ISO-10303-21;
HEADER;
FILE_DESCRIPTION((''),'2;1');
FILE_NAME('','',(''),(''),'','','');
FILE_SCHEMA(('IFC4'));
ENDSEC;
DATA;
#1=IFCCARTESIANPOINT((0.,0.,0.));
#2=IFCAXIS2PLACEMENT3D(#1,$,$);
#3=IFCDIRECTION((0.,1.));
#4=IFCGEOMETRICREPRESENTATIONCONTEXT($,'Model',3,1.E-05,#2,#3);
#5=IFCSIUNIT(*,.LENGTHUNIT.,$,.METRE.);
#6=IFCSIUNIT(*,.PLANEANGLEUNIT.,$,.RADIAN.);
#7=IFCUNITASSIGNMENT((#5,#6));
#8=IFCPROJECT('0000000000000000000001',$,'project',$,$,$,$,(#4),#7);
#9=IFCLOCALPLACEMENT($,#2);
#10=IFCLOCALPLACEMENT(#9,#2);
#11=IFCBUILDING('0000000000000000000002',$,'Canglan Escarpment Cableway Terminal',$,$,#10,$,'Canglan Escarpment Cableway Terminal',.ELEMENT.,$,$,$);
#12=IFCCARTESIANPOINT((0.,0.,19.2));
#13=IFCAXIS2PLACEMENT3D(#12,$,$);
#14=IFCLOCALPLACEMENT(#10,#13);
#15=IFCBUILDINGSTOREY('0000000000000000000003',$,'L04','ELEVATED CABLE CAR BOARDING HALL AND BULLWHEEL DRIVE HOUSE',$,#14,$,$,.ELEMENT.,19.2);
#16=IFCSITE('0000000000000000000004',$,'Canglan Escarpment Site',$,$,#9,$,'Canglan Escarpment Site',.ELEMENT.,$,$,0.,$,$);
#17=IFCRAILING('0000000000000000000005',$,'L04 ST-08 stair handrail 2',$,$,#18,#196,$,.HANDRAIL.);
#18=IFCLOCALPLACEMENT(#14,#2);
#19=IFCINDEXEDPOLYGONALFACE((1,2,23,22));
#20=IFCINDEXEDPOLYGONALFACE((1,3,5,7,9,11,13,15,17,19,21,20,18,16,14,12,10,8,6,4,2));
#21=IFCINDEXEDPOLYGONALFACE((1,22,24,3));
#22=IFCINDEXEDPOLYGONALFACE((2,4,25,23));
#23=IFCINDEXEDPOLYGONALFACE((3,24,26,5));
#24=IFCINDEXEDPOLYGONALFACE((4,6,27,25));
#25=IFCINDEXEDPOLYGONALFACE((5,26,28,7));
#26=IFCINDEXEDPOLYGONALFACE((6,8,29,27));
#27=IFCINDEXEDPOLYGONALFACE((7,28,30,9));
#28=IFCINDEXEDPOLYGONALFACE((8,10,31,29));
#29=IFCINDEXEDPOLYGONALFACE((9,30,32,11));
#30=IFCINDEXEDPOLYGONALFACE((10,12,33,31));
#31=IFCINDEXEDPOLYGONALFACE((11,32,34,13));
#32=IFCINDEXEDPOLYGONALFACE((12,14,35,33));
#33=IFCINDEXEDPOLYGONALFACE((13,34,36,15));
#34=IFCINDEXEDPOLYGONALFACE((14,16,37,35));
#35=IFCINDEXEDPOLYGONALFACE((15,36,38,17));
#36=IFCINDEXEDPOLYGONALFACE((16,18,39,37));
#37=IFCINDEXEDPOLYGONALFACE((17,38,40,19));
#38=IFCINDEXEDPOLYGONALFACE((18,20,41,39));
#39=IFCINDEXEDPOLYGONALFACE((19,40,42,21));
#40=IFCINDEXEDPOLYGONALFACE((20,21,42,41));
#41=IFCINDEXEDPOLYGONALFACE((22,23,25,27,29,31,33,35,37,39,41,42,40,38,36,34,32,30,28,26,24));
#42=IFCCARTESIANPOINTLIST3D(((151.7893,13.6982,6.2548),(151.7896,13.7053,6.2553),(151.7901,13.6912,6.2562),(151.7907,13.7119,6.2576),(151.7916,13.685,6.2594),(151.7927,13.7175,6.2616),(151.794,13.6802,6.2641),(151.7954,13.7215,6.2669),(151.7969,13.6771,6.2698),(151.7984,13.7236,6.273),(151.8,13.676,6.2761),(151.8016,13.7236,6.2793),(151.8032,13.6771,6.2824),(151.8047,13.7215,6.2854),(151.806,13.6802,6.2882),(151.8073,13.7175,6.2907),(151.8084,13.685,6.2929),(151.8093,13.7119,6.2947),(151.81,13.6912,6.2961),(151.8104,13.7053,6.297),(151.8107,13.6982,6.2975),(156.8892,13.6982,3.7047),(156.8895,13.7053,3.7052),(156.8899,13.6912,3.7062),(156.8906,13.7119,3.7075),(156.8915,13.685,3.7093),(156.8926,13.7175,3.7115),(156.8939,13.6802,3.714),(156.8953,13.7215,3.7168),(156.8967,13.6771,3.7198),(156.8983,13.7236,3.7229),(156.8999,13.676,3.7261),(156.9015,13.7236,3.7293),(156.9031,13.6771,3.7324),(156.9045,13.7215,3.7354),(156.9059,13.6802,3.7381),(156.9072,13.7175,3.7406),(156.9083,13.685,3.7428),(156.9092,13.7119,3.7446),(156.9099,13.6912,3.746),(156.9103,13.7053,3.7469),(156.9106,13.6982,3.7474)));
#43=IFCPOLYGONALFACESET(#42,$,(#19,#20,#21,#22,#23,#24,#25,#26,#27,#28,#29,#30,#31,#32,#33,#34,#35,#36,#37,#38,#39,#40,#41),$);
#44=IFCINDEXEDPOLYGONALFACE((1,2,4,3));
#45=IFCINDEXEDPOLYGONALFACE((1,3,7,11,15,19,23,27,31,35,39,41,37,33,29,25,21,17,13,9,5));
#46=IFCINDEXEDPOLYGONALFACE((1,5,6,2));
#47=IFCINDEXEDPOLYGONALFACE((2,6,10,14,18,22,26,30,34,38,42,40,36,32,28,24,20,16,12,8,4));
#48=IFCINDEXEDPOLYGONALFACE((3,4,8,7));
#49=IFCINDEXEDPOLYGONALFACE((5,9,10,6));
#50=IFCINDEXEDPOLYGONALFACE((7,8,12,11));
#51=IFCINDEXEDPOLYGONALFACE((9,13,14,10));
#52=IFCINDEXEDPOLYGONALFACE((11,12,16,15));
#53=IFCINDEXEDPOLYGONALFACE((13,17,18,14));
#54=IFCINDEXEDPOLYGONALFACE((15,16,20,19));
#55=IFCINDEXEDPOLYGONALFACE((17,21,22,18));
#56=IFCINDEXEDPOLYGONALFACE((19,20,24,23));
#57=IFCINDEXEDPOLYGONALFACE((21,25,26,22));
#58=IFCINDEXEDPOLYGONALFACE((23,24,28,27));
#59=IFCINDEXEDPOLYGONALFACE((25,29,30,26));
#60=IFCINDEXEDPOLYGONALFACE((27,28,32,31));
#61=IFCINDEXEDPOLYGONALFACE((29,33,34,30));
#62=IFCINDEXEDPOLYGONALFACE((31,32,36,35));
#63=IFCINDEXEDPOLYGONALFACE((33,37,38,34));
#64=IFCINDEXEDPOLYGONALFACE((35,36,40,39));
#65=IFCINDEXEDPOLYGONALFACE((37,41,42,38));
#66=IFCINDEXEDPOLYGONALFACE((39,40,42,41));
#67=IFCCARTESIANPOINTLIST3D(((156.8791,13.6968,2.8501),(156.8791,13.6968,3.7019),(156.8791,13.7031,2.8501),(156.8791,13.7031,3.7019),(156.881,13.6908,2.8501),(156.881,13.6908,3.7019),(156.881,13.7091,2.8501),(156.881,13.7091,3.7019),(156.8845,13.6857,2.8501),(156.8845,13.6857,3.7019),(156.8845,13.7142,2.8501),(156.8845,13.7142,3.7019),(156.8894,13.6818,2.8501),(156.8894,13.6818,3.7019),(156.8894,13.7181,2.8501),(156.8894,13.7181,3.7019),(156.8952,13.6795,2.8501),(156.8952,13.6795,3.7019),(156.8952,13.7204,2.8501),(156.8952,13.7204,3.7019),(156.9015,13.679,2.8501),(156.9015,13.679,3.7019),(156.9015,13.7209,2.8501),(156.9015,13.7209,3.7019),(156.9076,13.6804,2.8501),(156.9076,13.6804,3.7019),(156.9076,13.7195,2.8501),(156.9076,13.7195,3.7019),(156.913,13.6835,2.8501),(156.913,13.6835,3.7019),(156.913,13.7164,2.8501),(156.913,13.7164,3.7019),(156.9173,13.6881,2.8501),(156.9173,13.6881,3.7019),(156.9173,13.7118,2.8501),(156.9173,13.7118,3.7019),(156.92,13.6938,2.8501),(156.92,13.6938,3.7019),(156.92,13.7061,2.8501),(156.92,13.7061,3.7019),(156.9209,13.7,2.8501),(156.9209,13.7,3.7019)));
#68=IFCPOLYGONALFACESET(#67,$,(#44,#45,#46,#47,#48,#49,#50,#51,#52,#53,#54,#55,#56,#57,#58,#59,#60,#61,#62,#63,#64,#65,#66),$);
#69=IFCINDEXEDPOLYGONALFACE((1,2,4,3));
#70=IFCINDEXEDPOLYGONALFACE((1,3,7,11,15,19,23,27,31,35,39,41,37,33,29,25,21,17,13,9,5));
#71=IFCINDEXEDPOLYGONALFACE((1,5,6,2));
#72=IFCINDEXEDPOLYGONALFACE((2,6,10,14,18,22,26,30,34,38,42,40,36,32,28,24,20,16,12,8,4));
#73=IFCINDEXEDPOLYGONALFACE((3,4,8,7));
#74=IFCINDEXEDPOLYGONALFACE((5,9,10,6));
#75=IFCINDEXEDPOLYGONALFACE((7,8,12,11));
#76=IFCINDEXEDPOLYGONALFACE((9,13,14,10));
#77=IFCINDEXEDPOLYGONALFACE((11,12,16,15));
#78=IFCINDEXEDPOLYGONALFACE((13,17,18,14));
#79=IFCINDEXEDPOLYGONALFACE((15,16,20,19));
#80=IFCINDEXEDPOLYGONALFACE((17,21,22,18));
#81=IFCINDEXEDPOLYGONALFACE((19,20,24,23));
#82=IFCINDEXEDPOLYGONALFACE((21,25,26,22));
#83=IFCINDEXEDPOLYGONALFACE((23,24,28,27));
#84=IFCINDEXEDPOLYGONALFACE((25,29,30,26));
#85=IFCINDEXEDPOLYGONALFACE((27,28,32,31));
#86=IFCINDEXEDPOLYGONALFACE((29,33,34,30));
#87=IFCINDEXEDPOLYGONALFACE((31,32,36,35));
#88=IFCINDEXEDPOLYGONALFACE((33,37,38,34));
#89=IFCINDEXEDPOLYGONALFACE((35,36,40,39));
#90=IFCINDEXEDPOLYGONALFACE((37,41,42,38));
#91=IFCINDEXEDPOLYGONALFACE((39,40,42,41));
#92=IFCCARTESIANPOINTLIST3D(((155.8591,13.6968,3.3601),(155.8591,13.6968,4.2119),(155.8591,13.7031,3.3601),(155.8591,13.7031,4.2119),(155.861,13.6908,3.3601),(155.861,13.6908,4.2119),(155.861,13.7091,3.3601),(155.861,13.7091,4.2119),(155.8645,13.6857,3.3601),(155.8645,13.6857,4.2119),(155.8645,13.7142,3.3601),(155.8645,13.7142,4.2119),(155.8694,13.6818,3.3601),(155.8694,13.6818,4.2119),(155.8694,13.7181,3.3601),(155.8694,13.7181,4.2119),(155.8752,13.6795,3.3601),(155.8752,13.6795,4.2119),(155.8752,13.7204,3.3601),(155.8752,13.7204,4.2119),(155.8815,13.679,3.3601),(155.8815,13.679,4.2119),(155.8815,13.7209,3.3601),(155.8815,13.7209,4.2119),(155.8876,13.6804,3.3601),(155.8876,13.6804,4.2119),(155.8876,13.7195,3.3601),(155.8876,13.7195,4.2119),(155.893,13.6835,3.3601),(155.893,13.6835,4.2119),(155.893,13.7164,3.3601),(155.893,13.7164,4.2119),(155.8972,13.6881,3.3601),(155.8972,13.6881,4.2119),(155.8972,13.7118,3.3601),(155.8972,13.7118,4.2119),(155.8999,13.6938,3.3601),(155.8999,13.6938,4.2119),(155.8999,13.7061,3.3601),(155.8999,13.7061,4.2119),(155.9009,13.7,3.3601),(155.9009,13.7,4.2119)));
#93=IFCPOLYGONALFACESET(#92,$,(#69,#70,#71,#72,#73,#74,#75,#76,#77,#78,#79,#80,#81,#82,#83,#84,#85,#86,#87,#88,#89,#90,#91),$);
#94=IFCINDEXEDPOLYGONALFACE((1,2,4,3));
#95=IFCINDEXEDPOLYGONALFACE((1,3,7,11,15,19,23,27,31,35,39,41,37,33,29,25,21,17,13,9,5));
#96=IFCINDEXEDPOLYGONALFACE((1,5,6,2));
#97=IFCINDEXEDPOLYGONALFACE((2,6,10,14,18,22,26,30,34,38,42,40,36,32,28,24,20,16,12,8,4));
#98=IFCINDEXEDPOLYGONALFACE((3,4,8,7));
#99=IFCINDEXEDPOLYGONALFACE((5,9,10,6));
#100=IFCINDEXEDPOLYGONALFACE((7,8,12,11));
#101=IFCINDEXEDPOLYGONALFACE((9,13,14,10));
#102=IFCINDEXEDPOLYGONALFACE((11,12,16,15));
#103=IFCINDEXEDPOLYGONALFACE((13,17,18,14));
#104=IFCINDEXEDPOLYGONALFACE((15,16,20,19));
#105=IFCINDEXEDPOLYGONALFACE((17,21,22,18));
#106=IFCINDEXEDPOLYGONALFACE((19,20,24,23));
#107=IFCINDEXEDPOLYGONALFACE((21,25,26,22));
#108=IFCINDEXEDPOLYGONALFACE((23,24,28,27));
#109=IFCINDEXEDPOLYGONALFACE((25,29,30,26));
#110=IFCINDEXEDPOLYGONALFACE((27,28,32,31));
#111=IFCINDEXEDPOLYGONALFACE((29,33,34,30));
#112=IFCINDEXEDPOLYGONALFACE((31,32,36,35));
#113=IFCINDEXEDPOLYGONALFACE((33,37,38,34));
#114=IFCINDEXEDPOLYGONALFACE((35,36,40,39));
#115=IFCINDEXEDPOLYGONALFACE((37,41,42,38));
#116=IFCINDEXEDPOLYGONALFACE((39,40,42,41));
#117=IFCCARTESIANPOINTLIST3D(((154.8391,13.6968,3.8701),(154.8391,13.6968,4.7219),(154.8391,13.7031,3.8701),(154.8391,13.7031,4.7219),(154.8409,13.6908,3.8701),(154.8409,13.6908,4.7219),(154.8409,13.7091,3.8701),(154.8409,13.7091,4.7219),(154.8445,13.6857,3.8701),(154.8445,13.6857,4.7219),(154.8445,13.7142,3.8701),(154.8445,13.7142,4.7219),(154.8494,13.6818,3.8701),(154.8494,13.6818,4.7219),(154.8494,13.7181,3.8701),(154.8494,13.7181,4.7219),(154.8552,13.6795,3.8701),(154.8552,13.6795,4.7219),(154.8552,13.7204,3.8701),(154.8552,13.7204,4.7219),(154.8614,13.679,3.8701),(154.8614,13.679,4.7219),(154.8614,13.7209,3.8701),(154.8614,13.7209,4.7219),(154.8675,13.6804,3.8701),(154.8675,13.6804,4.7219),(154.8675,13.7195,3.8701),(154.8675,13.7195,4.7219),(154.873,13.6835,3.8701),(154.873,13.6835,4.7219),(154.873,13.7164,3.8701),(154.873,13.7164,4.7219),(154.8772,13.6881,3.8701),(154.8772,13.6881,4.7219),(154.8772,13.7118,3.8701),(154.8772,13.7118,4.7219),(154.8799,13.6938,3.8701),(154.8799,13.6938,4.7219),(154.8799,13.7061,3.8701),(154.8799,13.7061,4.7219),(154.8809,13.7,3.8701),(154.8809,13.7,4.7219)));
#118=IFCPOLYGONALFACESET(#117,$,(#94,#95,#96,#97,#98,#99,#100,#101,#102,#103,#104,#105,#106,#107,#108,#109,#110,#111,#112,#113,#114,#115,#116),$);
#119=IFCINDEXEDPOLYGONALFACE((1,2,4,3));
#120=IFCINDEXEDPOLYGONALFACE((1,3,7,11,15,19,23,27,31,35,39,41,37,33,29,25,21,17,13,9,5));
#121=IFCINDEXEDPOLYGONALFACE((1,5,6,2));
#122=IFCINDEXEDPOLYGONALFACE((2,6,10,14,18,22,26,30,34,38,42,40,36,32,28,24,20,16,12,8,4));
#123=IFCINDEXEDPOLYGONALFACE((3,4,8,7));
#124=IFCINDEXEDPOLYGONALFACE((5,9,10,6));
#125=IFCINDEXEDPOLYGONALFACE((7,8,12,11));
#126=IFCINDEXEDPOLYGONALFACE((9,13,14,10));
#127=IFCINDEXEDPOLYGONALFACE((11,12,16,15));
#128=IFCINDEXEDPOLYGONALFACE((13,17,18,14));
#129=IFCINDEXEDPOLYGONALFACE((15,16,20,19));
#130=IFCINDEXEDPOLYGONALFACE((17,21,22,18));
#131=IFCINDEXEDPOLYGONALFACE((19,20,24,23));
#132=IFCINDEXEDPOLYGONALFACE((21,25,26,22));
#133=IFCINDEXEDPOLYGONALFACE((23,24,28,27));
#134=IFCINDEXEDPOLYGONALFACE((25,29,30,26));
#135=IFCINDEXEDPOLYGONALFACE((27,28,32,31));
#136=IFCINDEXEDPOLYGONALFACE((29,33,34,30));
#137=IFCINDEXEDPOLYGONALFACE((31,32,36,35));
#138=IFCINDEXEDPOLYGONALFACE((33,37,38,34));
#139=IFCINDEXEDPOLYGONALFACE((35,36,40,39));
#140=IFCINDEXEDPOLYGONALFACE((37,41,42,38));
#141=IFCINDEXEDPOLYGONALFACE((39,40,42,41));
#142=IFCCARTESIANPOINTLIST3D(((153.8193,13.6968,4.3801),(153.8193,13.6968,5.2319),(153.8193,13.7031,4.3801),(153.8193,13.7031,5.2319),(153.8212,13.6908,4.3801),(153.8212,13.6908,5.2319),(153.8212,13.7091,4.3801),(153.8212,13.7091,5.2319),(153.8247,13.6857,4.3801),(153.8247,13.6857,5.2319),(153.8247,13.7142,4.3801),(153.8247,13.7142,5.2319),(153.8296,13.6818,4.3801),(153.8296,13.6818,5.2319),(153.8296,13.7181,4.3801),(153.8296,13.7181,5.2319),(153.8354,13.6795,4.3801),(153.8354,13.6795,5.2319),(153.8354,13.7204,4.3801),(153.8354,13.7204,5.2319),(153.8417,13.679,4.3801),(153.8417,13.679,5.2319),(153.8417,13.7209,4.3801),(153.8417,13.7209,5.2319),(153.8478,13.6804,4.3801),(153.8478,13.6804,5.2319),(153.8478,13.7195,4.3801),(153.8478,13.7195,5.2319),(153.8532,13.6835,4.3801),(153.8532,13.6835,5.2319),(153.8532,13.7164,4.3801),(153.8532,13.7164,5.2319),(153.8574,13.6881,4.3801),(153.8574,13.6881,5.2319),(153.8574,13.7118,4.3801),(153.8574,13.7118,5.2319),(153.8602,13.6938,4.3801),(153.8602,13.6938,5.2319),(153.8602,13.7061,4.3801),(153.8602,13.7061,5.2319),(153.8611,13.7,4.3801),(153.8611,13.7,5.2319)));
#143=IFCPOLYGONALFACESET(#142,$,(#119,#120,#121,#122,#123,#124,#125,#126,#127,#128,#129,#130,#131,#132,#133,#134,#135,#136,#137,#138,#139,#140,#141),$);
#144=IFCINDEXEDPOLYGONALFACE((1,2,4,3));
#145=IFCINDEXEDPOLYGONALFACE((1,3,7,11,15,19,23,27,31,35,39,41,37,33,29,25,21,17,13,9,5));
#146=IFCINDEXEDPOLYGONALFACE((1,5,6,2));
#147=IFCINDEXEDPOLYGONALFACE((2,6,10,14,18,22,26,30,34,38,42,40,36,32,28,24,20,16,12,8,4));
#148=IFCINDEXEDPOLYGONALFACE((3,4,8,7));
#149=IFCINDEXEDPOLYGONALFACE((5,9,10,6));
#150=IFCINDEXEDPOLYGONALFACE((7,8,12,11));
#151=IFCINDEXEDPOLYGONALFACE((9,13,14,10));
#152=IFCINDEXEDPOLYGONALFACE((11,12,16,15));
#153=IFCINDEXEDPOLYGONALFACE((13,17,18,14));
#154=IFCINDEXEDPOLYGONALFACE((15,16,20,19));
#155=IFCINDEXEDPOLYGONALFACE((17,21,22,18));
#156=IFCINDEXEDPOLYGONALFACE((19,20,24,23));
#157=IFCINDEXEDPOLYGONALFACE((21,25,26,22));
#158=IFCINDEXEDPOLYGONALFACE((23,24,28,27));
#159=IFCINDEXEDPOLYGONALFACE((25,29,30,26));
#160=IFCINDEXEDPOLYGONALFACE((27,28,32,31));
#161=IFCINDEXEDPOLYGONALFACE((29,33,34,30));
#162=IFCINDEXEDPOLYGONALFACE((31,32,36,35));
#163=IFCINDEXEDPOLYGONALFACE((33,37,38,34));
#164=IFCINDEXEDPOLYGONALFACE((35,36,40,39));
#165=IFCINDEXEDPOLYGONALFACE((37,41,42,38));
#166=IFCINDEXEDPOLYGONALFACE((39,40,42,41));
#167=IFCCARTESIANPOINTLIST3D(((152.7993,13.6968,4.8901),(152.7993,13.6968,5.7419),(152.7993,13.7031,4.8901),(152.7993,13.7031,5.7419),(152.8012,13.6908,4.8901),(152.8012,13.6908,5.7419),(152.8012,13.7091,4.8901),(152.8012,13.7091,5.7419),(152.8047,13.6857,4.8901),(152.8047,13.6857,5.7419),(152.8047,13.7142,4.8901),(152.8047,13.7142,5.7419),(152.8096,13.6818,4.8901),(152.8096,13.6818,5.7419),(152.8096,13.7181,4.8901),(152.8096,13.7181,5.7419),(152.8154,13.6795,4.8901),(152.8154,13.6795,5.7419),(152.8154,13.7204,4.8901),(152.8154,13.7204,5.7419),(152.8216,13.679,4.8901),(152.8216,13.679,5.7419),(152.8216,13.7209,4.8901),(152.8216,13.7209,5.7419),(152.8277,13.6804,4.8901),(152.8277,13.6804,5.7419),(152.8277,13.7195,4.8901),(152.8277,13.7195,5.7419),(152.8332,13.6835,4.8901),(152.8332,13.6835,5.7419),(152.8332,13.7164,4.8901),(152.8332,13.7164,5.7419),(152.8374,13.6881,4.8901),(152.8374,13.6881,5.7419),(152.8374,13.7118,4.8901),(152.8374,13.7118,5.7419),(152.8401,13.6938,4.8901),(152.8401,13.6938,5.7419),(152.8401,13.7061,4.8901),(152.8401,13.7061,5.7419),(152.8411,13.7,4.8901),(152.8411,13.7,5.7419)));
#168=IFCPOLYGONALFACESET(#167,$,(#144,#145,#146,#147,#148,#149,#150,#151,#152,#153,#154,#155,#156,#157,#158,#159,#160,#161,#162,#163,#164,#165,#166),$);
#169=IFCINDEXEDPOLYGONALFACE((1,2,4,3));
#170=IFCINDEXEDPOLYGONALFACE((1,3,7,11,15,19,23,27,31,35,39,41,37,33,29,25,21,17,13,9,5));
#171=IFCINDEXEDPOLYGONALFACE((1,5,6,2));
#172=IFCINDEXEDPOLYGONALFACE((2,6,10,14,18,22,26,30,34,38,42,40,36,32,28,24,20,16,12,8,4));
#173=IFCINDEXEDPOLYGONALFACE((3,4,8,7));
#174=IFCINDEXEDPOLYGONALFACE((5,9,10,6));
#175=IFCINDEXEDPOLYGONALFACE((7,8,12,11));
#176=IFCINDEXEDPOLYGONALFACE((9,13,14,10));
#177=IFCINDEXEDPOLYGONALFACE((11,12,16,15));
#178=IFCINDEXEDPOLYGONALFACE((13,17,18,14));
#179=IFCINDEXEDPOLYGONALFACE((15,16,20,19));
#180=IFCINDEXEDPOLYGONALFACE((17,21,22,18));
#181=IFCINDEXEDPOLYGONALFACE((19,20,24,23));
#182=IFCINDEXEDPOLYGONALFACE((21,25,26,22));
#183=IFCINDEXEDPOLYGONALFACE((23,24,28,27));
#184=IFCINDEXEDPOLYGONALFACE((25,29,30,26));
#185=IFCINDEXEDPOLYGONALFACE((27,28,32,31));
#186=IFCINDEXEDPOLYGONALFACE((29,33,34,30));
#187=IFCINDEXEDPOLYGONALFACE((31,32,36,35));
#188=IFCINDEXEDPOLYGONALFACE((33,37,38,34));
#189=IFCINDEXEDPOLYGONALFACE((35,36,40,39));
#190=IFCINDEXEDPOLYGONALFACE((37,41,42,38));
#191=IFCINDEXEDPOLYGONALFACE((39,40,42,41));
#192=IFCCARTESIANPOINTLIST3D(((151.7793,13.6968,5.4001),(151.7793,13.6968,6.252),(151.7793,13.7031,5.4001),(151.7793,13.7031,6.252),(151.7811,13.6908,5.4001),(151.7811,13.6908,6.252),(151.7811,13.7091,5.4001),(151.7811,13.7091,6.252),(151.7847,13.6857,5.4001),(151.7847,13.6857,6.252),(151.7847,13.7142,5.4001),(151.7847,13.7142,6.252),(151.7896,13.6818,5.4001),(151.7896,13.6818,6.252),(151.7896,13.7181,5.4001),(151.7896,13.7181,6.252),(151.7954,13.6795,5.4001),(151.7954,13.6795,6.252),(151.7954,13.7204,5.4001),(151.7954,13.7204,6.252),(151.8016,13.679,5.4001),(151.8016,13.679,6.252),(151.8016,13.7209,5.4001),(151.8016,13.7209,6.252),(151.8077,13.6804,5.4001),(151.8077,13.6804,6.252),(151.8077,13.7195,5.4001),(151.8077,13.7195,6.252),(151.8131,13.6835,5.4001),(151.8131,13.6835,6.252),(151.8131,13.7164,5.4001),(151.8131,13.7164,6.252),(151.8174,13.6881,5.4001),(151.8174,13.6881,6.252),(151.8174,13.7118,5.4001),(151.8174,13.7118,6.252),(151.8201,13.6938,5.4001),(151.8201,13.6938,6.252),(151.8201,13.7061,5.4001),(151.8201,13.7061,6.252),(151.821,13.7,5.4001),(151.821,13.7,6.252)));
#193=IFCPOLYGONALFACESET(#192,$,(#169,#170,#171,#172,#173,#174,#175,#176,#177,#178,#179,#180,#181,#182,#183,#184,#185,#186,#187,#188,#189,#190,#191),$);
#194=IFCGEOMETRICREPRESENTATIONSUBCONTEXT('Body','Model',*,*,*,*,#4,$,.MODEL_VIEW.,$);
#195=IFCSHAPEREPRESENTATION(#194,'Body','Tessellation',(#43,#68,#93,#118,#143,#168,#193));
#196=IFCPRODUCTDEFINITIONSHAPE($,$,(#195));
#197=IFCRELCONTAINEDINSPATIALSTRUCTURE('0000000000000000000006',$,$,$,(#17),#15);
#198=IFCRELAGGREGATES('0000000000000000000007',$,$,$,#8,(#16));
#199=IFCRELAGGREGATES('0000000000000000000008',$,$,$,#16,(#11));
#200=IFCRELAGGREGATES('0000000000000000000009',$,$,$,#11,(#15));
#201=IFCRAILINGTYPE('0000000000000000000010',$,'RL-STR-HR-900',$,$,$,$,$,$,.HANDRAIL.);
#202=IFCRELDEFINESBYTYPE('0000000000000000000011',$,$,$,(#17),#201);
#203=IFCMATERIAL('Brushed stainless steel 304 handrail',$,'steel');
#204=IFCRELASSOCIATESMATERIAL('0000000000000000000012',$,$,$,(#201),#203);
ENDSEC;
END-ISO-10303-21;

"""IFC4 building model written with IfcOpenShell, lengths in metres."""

from ifc_helpers import new_model, si_unit, direction, frame, origin, origin_2d, place, context, subcontext, project, spatial, circle, extrude, material, type_object, element, save


model = new_model("IFC4")

# Units and contexts
model_context = context("Model", 3, precision=1e-05, world=origin(), true_north=direction((0.0, 1.0)))
body_context = subcontext(model_context, "Body", "Model", "MODEL_VIEW")
ifc_project = project(units=[si_unit("LENGTHUNIT", "METRE"), si_unit("PLANEANGLEUNIT", "RADIAN")], contexts=[model_context])

# Site, building, storey
site_placement = place(None, origin())
site = spatial("IfcSite", under=ifc_project, at=site_placement, Name="Canglan Escarpment Site", LongName="Canglan Escarpment Site", CompositionType="ELEMENT", RefElevation=0.0)
building_placement = place(site_placement, origin())
building = spatial("IfcBuilding", under=site, at=building_placement, Name="Canglan Escarpment Cableway Terminal", LongName="Canglan Escarpment Cableway Terminal", CompositionType="ELEMENT")
storey_placement = place(building_placement, frame((0.0, 0.0, 19.2)))
storey = spatial("IfcBuildingStorey", under=building, at=storey_placement, Name="L04", Description="ELEVATED CABLE CAR BOARDING HALL AND BULLWHEEL DRIVE HOUSE", CompositionType="ELEMENT", Elevation=19.2)

# Railing
ifc_material_1 = material(Name="Brushed stainless steel 304 handrail", Category="steel")
railing_type_1 = type_object("IfcRailingType", Name="RL-STR-HR-900", PredefinedType="HANDRAIL", material=ifc_material_1)
railing_1_placement = place(storey_placement, frame((156.8999, 13.7, 2.8501)))
element("IfcRailing", 1, at=railing_1_placement, inside=storey, type_object=railing_type_1, Name="L04 ST-08 stair handrail 2", PredefinedType="HANDRAIL", context=body_context, shape_type="SweptSolid", body=[
    extrude(circle(Radius=0.0239, at=origin_2d()), frame((0.0, 0.0, 0.876), z_axis=(-0.894419, 0.0, 0.447231), x_axis=(0.0, -1.0, 0.0)), (0.0, 0.0, 1.0), 5.7019),
    extrude(circle(Radius=0.021, at=origin_2d()), origin(), (0.0, 0.0, 1.0), 0.8518),
    extrude(circle(Radius=0.021, at=origin_2d()), frame((-1.02, 0.0, 0.51)), (0.0, 0.0, 1.0), 0.8518),
    extrude(circle(Radius=0.021, at=origin_2d()), frame((-2.04, 0.0, 1.02)), (0.0, 0.0, 1.0), 0.8518),
    extrude(circle(Radius=0.021, at=origin_2d()), frame((-3.0598, 0.0, 1.53)), (0.0, 0.0, 1.0), 0.8518),
    extrude(circle(Radius=0.021, at=origin_2d()), frame((-4.0798, 0.0, 2.04)), (0.0, 0.0, 1.0), 0.8518),
    extrude(circle(Radius=0.021, at=origin_2d()), frame((-5.0999, 0.0, 2.55)), (0.0, 0.0, 1.0), 0.8518),
])

save(model, "model.ifc")
